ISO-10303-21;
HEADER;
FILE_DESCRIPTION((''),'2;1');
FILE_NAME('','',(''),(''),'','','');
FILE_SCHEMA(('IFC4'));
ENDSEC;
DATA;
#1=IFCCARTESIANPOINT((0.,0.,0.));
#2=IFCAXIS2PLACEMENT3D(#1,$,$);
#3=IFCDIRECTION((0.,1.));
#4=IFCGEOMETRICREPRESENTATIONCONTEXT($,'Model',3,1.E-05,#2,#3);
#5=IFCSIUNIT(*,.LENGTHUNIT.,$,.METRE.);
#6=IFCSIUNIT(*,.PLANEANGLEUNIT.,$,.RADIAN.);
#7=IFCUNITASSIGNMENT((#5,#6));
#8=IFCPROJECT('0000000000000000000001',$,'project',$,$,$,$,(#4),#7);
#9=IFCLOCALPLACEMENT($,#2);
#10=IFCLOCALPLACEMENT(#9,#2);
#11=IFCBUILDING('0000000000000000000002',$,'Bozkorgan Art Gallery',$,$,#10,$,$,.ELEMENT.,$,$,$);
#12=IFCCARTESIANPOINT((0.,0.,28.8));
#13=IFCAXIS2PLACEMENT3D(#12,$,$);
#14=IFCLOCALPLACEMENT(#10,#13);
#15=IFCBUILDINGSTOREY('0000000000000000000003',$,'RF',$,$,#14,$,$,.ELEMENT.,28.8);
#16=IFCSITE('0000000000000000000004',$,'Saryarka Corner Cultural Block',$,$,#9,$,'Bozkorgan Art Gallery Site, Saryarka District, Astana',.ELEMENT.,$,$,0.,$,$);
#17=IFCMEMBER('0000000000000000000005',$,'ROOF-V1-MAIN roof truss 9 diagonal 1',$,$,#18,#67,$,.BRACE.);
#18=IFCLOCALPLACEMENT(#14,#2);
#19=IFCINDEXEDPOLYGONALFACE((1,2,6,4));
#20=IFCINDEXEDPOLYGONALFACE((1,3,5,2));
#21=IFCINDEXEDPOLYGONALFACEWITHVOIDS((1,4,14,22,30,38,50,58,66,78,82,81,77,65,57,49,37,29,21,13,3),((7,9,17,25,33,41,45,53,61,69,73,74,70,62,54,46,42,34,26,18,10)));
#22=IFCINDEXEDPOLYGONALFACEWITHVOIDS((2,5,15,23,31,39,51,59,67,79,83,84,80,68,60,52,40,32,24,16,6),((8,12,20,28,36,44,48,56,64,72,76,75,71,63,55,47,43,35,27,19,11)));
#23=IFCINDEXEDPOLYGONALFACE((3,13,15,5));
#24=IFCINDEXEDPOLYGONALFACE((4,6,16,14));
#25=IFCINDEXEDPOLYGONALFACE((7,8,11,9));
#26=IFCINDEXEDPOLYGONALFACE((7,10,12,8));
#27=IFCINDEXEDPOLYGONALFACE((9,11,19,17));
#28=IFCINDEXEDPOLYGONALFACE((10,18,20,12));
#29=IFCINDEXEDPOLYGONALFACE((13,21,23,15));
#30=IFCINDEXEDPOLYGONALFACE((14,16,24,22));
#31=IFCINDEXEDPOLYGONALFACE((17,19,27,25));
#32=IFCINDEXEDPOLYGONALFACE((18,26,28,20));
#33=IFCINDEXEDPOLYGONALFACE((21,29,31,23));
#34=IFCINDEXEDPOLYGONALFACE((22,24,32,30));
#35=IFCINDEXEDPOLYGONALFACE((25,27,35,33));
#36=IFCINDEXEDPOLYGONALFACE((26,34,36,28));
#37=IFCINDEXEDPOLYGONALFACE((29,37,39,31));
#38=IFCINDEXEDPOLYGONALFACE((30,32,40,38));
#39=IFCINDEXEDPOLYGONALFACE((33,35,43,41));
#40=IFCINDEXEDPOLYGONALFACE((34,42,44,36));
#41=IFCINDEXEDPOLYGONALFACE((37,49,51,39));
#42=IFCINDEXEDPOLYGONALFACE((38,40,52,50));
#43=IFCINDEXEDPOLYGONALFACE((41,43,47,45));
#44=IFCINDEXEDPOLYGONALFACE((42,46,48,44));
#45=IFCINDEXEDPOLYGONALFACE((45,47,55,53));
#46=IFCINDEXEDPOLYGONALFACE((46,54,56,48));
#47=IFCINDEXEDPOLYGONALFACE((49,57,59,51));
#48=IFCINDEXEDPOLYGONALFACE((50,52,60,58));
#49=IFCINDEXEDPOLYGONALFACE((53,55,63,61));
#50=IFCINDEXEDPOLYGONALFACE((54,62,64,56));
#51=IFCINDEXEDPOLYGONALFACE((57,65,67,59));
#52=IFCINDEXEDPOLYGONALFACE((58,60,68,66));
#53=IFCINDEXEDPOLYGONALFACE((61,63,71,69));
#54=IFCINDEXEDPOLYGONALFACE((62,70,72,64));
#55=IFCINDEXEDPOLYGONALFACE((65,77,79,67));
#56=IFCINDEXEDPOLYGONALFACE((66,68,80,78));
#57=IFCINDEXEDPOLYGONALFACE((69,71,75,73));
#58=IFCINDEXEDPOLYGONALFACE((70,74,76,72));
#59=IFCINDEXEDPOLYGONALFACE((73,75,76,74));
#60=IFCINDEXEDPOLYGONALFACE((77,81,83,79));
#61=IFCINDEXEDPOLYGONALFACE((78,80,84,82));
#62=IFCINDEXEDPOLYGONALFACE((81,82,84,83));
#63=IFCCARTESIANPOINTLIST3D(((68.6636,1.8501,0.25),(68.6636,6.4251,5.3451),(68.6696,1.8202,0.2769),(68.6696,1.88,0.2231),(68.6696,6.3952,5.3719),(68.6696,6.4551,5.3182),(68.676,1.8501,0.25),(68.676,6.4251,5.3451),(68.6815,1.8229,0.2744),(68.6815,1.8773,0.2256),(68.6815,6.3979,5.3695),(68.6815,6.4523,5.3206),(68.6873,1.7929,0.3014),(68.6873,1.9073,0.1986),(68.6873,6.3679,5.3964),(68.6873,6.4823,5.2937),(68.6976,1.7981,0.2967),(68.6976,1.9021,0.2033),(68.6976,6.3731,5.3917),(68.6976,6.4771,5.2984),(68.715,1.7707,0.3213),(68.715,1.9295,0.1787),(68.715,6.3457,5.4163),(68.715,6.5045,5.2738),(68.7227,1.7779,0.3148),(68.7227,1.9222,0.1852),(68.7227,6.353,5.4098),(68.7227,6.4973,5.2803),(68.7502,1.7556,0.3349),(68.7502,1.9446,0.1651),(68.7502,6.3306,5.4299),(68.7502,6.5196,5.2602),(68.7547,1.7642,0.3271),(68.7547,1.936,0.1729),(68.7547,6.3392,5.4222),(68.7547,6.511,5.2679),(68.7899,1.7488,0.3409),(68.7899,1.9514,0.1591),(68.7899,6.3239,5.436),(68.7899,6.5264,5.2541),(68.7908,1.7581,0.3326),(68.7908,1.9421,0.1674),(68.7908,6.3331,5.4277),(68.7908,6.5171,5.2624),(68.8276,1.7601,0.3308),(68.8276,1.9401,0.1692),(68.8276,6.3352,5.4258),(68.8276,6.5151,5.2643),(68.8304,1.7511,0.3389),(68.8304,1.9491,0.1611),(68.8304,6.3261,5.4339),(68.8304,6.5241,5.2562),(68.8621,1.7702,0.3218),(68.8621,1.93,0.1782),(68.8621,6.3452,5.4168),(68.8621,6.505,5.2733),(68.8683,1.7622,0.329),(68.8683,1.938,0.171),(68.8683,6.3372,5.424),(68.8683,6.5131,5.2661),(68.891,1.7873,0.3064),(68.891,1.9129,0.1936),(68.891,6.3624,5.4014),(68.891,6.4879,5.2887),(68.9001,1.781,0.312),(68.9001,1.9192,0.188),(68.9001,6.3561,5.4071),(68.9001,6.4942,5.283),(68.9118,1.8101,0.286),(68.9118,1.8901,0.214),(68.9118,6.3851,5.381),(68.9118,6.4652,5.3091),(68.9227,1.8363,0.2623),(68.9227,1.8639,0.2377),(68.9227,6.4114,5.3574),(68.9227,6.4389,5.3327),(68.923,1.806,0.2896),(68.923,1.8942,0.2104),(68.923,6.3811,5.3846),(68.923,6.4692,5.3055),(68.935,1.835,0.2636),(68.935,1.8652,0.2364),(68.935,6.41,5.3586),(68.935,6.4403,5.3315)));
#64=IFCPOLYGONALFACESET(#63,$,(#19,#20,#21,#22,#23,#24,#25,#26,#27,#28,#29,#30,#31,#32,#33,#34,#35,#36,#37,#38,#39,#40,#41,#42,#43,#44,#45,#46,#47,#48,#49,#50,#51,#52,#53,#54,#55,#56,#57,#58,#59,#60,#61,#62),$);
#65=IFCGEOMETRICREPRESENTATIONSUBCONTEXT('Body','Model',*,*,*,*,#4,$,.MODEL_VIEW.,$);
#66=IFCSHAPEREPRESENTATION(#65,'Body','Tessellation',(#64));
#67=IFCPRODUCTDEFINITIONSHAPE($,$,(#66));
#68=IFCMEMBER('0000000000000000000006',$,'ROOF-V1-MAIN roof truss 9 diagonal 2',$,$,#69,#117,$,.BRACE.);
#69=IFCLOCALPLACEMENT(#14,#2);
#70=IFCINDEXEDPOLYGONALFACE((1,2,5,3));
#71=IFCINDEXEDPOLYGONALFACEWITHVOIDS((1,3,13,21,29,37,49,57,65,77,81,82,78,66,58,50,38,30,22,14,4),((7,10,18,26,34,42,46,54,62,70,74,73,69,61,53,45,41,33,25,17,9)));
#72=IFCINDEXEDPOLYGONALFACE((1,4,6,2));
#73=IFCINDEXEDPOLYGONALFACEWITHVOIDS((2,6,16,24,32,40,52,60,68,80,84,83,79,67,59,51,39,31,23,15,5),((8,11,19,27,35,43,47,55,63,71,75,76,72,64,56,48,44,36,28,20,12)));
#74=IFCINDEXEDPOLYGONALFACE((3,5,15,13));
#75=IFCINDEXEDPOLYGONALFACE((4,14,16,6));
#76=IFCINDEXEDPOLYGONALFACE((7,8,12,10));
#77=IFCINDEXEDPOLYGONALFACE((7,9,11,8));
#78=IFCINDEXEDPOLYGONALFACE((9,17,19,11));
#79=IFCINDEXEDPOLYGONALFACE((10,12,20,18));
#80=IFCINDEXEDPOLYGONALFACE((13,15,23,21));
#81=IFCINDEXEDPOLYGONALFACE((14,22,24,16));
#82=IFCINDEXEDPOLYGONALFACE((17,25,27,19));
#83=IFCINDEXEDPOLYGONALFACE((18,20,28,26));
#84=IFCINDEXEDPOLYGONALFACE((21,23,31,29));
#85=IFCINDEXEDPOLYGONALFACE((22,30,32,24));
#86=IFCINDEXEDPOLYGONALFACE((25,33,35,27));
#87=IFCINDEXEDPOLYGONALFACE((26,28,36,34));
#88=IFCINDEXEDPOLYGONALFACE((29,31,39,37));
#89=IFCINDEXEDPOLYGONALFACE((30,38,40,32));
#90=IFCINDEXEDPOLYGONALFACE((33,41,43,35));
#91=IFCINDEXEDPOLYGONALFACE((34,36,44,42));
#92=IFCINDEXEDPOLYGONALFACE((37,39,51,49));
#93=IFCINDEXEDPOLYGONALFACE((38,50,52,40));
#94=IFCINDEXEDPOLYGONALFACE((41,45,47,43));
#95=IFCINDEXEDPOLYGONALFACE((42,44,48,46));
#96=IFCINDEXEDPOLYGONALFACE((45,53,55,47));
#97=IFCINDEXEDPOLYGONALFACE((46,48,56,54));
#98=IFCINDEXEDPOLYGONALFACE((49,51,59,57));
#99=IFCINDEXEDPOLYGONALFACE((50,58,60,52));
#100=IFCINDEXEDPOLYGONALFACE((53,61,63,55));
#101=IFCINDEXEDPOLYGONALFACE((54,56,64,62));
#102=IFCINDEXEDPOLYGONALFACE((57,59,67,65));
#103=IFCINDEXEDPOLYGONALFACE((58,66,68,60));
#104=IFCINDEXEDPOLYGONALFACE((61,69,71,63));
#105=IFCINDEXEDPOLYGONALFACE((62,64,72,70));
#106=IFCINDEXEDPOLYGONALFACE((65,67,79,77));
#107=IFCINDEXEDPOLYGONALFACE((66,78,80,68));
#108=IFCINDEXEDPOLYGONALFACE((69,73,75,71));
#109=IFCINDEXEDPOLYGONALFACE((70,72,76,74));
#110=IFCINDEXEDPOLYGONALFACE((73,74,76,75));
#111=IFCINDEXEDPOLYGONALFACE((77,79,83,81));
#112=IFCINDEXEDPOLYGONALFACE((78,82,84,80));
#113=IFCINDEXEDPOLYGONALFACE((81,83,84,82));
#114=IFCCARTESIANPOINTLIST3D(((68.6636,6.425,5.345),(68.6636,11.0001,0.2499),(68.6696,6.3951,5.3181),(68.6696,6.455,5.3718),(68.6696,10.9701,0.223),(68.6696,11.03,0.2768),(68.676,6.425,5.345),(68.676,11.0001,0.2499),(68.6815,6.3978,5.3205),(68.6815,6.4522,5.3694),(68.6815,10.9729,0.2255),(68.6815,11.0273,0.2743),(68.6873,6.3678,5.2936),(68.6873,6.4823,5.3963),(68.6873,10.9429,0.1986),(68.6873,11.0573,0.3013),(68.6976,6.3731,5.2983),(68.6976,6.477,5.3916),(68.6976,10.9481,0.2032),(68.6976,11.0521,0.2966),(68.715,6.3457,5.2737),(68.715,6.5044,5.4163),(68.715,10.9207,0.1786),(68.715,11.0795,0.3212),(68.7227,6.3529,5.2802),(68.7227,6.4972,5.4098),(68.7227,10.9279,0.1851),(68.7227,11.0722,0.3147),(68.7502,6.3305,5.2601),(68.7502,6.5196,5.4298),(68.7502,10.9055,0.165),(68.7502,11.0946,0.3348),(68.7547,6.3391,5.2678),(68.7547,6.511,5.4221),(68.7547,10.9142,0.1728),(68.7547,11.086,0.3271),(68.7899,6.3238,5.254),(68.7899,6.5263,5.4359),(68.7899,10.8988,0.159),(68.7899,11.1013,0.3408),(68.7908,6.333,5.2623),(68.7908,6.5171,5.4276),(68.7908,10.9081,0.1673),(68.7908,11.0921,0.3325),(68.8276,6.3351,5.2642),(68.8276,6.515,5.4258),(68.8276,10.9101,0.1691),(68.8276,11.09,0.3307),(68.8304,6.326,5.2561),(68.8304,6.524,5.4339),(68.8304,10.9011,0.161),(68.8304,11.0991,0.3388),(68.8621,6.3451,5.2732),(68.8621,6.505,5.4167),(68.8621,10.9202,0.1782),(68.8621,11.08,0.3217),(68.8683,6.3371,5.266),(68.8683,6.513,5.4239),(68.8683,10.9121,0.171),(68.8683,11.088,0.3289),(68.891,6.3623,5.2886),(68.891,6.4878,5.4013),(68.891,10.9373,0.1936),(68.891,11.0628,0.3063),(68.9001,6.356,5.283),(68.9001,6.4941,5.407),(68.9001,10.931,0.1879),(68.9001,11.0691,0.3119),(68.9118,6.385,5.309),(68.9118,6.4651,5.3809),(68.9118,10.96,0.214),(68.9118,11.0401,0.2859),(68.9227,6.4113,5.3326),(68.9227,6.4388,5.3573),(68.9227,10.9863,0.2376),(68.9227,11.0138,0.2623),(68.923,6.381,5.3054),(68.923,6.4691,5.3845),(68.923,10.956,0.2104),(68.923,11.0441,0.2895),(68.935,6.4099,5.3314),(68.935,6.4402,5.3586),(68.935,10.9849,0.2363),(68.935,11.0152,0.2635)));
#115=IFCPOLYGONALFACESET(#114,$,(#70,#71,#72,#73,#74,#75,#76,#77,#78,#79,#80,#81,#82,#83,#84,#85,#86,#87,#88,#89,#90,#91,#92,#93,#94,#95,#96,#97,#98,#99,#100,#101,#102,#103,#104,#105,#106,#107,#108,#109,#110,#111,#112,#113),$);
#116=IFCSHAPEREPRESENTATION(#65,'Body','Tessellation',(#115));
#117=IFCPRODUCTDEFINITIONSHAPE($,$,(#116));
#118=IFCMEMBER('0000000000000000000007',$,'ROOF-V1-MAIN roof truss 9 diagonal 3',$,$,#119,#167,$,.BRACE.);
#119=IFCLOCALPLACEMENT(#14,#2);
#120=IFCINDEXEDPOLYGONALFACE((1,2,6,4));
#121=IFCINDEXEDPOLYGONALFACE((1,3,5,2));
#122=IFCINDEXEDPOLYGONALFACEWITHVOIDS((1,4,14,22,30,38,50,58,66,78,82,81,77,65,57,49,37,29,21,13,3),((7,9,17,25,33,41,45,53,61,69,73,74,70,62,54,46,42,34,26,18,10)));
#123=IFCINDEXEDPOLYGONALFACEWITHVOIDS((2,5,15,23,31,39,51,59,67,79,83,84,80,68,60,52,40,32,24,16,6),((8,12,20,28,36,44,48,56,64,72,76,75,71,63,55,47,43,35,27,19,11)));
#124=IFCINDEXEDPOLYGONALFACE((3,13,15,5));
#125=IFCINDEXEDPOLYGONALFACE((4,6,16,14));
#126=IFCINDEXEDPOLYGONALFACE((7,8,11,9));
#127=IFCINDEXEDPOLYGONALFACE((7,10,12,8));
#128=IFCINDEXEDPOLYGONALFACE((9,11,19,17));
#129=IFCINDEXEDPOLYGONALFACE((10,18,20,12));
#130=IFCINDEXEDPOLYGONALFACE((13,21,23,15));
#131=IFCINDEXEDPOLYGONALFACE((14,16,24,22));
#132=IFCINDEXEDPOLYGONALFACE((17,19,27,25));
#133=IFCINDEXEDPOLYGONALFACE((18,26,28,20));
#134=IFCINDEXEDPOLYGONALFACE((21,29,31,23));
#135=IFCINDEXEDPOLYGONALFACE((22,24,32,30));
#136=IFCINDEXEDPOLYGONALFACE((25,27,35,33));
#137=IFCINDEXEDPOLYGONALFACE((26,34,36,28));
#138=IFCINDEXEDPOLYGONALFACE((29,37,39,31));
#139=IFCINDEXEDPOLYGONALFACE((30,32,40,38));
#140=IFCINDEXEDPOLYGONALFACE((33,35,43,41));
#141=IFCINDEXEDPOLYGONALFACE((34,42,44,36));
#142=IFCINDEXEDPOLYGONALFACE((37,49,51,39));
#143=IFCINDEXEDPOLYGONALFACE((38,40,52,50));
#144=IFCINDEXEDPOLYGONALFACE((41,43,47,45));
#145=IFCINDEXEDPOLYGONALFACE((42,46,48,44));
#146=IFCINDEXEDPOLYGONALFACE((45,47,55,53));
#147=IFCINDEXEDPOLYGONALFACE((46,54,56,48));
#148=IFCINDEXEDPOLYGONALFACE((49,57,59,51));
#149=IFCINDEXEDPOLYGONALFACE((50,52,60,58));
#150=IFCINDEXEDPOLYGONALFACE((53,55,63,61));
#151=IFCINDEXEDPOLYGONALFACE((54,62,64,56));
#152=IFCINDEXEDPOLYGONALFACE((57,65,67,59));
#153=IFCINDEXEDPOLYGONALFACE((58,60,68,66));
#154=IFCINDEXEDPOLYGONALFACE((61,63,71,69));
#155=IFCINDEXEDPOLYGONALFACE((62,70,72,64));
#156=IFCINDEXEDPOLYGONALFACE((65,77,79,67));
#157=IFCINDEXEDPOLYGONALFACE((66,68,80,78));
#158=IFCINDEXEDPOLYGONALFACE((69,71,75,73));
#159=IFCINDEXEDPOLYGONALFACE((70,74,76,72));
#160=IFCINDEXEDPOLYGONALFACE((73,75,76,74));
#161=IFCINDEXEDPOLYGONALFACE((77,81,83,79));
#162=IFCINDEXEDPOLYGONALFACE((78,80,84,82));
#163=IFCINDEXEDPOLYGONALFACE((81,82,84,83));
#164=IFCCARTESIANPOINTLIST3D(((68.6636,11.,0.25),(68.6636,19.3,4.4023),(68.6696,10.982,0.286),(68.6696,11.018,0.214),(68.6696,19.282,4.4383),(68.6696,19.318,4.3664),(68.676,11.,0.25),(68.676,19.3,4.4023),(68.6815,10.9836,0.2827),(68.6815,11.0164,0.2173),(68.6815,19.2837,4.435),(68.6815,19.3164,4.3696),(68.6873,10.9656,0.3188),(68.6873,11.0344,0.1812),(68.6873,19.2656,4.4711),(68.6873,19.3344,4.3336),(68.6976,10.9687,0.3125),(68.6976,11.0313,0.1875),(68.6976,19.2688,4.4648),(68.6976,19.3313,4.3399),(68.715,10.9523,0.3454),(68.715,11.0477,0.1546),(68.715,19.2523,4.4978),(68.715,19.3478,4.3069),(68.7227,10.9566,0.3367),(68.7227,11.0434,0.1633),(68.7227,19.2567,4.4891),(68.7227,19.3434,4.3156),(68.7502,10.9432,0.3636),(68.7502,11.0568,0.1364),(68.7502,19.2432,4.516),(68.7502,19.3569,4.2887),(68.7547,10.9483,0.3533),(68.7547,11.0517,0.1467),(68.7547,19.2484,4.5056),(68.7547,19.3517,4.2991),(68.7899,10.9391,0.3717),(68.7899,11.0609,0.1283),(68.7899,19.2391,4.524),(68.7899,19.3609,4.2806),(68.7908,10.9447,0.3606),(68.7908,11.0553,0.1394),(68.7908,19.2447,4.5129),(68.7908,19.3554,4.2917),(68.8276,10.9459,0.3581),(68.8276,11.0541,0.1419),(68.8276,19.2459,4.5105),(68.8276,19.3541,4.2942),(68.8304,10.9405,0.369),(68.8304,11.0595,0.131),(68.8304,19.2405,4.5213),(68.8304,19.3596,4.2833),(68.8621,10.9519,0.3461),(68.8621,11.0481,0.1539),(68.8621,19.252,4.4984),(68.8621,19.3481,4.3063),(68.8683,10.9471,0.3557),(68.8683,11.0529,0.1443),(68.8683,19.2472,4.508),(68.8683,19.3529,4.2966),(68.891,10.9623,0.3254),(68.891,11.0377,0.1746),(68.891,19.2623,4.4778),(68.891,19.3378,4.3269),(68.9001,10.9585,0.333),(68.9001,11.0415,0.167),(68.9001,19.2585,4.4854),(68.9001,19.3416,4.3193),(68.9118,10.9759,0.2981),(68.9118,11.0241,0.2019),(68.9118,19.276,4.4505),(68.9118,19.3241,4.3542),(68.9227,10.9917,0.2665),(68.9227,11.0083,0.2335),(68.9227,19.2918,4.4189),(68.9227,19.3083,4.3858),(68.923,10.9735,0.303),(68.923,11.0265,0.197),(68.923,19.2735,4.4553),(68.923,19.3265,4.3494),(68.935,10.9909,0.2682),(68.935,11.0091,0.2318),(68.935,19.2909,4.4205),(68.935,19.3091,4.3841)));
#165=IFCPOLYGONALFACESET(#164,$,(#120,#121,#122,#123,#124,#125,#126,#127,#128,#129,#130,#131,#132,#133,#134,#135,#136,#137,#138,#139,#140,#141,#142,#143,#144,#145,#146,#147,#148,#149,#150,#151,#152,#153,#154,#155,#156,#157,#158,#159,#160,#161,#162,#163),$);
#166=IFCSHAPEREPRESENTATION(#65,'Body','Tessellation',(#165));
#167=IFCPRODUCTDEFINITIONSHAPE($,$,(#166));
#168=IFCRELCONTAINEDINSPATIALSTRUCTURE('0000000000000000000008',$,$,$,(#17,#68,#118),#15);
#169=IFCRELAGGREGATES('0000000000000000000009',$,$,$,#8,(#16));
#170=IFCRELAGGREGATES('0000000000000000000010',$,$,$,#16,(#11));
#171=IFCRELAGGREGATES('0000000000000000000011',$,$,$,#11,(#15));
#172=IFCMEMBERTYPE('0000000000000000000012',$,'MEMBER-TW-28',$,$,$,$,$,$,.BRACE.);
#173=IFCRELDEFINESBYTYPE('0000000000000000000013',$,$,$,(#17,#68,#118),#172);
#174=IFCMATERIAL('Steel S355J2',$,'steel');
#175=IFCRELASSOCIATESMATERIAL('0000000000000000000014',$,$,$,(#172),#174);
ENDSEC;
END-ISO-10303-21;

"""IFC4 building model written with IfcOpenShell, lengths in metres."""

from ifc_helpers import new_model, si_unit, direction, frame, origin, origin_2d, place, context, subcontext, project, spatial, hollow_circle, extrude, material, material_profile, profile_set, type_object, element, save


model = new_model("IFC4")

# Units and contexts
model_context = context("Model", 3, precision=1e-05, world=origin(), true_north=direction((0.0, 1.0)))
body_context = subcontext(model_context, "Body", "Model", "MODEL_VIEW")
ifc_project = project(units=[si_unit("LENGTHUNIT", "METRE"), si_unit("PLANEANGLEUNIT", "RADIAN")], contexts=[model_context])

# Site, building, storey
site_placement = place(None, origin())
site = spatial("IfcSite", under=ifc_project, at=site_placement, Name="Saryarka Corner Cultural Block", LongName="Bozkorgan Art Gallery Site, Saryarka District, Astana", CompositionType="ELEMENT", RefElevation=0.0)
building_placement = place(site_placement, origin())
building = spatial("IfcBuilding", under=site, at=building_placement, Name="Bozkorgan Art Gallery", CompositionType="ELEMENT")
storey_placement = place(building_placement, frame((0.0, 0.0, 28.8)))
storey = spatial("IfcBuildingStorey", under=building, at=storey_placement, Name="RF", CompositionType="ELEMENT", Elevation=28.8)

# Shared definitions
ifc_material_1 = material(Name="Steel S355J2", Category="steel")

# Members
ifc_material_profile_1 = material_profile(ifc_material_1, hollow_circle(Radius=0.1365, WallThickness=0.0125, at=origin_2d()), Name="CHS 273x12.5")
ifc_profile_set_1 = profile_set([ifc_material_profile_1], Name="Steel S355J2")
member_type_1 = type_object("IfcMemberType", Name="MEMBER-TW-28", PredefinedType="BRACE", material=ifc_profile_set_1)
for number, where, z_axis, x_axis, name in (
    (1, (68.8, 1.8501, 0.25), (0.0, 0.668115, 0.744058), (-1.0, 0.0, 0.0), "ROOF-V1-MAIN roof truss 9 diagonal 1"),
    (2, (68.8, 6.425, 5.345), (0.0, 0.668115, -0.744058), (-1.0, 0.0, 0.0), "ROOF-V1-MAIN roof truss 9 diagonal 2"),
):
    element("IfcMember", number, at=place(storey_placement, frame(where, z_axis=z_axis, x_axis=x_axis)), inside=storey, type_object=member_type_1, Name=name, PredefinedType="BRACE", context=body_context, shape_type="SweptSolid", body=[
        extrude(hollow_circle(Radius=0.1365, WallThickness=0.0125, at=origin_2d()), origin(), (0.0, 0.0, 1.0), 6.8477),
    ])
member_1_placement = place(storey_placement, frame((68.8, 11.0, 0.25), z_axis=(0.0, 0.894327, 0.447414), x_axis=(-1.0, 0.0, 0.0)))
element("IfcMember", 3, at=member_1_placement, inside=storey, type_object=member_type_1, Name="ROOF-V1-MAIN roof truss 9 diagonal 3", PredefinedType="BRACE", context=body_context, shape_type="SweptSolid", body=[
    extrude(hollow_circle(Radius=0.1365, WallThickness=0.0125, at=origin_2d()), origin(), (0.0, 0.0, 1.0), 9.2808),
])

save(model, "model.ifc")
